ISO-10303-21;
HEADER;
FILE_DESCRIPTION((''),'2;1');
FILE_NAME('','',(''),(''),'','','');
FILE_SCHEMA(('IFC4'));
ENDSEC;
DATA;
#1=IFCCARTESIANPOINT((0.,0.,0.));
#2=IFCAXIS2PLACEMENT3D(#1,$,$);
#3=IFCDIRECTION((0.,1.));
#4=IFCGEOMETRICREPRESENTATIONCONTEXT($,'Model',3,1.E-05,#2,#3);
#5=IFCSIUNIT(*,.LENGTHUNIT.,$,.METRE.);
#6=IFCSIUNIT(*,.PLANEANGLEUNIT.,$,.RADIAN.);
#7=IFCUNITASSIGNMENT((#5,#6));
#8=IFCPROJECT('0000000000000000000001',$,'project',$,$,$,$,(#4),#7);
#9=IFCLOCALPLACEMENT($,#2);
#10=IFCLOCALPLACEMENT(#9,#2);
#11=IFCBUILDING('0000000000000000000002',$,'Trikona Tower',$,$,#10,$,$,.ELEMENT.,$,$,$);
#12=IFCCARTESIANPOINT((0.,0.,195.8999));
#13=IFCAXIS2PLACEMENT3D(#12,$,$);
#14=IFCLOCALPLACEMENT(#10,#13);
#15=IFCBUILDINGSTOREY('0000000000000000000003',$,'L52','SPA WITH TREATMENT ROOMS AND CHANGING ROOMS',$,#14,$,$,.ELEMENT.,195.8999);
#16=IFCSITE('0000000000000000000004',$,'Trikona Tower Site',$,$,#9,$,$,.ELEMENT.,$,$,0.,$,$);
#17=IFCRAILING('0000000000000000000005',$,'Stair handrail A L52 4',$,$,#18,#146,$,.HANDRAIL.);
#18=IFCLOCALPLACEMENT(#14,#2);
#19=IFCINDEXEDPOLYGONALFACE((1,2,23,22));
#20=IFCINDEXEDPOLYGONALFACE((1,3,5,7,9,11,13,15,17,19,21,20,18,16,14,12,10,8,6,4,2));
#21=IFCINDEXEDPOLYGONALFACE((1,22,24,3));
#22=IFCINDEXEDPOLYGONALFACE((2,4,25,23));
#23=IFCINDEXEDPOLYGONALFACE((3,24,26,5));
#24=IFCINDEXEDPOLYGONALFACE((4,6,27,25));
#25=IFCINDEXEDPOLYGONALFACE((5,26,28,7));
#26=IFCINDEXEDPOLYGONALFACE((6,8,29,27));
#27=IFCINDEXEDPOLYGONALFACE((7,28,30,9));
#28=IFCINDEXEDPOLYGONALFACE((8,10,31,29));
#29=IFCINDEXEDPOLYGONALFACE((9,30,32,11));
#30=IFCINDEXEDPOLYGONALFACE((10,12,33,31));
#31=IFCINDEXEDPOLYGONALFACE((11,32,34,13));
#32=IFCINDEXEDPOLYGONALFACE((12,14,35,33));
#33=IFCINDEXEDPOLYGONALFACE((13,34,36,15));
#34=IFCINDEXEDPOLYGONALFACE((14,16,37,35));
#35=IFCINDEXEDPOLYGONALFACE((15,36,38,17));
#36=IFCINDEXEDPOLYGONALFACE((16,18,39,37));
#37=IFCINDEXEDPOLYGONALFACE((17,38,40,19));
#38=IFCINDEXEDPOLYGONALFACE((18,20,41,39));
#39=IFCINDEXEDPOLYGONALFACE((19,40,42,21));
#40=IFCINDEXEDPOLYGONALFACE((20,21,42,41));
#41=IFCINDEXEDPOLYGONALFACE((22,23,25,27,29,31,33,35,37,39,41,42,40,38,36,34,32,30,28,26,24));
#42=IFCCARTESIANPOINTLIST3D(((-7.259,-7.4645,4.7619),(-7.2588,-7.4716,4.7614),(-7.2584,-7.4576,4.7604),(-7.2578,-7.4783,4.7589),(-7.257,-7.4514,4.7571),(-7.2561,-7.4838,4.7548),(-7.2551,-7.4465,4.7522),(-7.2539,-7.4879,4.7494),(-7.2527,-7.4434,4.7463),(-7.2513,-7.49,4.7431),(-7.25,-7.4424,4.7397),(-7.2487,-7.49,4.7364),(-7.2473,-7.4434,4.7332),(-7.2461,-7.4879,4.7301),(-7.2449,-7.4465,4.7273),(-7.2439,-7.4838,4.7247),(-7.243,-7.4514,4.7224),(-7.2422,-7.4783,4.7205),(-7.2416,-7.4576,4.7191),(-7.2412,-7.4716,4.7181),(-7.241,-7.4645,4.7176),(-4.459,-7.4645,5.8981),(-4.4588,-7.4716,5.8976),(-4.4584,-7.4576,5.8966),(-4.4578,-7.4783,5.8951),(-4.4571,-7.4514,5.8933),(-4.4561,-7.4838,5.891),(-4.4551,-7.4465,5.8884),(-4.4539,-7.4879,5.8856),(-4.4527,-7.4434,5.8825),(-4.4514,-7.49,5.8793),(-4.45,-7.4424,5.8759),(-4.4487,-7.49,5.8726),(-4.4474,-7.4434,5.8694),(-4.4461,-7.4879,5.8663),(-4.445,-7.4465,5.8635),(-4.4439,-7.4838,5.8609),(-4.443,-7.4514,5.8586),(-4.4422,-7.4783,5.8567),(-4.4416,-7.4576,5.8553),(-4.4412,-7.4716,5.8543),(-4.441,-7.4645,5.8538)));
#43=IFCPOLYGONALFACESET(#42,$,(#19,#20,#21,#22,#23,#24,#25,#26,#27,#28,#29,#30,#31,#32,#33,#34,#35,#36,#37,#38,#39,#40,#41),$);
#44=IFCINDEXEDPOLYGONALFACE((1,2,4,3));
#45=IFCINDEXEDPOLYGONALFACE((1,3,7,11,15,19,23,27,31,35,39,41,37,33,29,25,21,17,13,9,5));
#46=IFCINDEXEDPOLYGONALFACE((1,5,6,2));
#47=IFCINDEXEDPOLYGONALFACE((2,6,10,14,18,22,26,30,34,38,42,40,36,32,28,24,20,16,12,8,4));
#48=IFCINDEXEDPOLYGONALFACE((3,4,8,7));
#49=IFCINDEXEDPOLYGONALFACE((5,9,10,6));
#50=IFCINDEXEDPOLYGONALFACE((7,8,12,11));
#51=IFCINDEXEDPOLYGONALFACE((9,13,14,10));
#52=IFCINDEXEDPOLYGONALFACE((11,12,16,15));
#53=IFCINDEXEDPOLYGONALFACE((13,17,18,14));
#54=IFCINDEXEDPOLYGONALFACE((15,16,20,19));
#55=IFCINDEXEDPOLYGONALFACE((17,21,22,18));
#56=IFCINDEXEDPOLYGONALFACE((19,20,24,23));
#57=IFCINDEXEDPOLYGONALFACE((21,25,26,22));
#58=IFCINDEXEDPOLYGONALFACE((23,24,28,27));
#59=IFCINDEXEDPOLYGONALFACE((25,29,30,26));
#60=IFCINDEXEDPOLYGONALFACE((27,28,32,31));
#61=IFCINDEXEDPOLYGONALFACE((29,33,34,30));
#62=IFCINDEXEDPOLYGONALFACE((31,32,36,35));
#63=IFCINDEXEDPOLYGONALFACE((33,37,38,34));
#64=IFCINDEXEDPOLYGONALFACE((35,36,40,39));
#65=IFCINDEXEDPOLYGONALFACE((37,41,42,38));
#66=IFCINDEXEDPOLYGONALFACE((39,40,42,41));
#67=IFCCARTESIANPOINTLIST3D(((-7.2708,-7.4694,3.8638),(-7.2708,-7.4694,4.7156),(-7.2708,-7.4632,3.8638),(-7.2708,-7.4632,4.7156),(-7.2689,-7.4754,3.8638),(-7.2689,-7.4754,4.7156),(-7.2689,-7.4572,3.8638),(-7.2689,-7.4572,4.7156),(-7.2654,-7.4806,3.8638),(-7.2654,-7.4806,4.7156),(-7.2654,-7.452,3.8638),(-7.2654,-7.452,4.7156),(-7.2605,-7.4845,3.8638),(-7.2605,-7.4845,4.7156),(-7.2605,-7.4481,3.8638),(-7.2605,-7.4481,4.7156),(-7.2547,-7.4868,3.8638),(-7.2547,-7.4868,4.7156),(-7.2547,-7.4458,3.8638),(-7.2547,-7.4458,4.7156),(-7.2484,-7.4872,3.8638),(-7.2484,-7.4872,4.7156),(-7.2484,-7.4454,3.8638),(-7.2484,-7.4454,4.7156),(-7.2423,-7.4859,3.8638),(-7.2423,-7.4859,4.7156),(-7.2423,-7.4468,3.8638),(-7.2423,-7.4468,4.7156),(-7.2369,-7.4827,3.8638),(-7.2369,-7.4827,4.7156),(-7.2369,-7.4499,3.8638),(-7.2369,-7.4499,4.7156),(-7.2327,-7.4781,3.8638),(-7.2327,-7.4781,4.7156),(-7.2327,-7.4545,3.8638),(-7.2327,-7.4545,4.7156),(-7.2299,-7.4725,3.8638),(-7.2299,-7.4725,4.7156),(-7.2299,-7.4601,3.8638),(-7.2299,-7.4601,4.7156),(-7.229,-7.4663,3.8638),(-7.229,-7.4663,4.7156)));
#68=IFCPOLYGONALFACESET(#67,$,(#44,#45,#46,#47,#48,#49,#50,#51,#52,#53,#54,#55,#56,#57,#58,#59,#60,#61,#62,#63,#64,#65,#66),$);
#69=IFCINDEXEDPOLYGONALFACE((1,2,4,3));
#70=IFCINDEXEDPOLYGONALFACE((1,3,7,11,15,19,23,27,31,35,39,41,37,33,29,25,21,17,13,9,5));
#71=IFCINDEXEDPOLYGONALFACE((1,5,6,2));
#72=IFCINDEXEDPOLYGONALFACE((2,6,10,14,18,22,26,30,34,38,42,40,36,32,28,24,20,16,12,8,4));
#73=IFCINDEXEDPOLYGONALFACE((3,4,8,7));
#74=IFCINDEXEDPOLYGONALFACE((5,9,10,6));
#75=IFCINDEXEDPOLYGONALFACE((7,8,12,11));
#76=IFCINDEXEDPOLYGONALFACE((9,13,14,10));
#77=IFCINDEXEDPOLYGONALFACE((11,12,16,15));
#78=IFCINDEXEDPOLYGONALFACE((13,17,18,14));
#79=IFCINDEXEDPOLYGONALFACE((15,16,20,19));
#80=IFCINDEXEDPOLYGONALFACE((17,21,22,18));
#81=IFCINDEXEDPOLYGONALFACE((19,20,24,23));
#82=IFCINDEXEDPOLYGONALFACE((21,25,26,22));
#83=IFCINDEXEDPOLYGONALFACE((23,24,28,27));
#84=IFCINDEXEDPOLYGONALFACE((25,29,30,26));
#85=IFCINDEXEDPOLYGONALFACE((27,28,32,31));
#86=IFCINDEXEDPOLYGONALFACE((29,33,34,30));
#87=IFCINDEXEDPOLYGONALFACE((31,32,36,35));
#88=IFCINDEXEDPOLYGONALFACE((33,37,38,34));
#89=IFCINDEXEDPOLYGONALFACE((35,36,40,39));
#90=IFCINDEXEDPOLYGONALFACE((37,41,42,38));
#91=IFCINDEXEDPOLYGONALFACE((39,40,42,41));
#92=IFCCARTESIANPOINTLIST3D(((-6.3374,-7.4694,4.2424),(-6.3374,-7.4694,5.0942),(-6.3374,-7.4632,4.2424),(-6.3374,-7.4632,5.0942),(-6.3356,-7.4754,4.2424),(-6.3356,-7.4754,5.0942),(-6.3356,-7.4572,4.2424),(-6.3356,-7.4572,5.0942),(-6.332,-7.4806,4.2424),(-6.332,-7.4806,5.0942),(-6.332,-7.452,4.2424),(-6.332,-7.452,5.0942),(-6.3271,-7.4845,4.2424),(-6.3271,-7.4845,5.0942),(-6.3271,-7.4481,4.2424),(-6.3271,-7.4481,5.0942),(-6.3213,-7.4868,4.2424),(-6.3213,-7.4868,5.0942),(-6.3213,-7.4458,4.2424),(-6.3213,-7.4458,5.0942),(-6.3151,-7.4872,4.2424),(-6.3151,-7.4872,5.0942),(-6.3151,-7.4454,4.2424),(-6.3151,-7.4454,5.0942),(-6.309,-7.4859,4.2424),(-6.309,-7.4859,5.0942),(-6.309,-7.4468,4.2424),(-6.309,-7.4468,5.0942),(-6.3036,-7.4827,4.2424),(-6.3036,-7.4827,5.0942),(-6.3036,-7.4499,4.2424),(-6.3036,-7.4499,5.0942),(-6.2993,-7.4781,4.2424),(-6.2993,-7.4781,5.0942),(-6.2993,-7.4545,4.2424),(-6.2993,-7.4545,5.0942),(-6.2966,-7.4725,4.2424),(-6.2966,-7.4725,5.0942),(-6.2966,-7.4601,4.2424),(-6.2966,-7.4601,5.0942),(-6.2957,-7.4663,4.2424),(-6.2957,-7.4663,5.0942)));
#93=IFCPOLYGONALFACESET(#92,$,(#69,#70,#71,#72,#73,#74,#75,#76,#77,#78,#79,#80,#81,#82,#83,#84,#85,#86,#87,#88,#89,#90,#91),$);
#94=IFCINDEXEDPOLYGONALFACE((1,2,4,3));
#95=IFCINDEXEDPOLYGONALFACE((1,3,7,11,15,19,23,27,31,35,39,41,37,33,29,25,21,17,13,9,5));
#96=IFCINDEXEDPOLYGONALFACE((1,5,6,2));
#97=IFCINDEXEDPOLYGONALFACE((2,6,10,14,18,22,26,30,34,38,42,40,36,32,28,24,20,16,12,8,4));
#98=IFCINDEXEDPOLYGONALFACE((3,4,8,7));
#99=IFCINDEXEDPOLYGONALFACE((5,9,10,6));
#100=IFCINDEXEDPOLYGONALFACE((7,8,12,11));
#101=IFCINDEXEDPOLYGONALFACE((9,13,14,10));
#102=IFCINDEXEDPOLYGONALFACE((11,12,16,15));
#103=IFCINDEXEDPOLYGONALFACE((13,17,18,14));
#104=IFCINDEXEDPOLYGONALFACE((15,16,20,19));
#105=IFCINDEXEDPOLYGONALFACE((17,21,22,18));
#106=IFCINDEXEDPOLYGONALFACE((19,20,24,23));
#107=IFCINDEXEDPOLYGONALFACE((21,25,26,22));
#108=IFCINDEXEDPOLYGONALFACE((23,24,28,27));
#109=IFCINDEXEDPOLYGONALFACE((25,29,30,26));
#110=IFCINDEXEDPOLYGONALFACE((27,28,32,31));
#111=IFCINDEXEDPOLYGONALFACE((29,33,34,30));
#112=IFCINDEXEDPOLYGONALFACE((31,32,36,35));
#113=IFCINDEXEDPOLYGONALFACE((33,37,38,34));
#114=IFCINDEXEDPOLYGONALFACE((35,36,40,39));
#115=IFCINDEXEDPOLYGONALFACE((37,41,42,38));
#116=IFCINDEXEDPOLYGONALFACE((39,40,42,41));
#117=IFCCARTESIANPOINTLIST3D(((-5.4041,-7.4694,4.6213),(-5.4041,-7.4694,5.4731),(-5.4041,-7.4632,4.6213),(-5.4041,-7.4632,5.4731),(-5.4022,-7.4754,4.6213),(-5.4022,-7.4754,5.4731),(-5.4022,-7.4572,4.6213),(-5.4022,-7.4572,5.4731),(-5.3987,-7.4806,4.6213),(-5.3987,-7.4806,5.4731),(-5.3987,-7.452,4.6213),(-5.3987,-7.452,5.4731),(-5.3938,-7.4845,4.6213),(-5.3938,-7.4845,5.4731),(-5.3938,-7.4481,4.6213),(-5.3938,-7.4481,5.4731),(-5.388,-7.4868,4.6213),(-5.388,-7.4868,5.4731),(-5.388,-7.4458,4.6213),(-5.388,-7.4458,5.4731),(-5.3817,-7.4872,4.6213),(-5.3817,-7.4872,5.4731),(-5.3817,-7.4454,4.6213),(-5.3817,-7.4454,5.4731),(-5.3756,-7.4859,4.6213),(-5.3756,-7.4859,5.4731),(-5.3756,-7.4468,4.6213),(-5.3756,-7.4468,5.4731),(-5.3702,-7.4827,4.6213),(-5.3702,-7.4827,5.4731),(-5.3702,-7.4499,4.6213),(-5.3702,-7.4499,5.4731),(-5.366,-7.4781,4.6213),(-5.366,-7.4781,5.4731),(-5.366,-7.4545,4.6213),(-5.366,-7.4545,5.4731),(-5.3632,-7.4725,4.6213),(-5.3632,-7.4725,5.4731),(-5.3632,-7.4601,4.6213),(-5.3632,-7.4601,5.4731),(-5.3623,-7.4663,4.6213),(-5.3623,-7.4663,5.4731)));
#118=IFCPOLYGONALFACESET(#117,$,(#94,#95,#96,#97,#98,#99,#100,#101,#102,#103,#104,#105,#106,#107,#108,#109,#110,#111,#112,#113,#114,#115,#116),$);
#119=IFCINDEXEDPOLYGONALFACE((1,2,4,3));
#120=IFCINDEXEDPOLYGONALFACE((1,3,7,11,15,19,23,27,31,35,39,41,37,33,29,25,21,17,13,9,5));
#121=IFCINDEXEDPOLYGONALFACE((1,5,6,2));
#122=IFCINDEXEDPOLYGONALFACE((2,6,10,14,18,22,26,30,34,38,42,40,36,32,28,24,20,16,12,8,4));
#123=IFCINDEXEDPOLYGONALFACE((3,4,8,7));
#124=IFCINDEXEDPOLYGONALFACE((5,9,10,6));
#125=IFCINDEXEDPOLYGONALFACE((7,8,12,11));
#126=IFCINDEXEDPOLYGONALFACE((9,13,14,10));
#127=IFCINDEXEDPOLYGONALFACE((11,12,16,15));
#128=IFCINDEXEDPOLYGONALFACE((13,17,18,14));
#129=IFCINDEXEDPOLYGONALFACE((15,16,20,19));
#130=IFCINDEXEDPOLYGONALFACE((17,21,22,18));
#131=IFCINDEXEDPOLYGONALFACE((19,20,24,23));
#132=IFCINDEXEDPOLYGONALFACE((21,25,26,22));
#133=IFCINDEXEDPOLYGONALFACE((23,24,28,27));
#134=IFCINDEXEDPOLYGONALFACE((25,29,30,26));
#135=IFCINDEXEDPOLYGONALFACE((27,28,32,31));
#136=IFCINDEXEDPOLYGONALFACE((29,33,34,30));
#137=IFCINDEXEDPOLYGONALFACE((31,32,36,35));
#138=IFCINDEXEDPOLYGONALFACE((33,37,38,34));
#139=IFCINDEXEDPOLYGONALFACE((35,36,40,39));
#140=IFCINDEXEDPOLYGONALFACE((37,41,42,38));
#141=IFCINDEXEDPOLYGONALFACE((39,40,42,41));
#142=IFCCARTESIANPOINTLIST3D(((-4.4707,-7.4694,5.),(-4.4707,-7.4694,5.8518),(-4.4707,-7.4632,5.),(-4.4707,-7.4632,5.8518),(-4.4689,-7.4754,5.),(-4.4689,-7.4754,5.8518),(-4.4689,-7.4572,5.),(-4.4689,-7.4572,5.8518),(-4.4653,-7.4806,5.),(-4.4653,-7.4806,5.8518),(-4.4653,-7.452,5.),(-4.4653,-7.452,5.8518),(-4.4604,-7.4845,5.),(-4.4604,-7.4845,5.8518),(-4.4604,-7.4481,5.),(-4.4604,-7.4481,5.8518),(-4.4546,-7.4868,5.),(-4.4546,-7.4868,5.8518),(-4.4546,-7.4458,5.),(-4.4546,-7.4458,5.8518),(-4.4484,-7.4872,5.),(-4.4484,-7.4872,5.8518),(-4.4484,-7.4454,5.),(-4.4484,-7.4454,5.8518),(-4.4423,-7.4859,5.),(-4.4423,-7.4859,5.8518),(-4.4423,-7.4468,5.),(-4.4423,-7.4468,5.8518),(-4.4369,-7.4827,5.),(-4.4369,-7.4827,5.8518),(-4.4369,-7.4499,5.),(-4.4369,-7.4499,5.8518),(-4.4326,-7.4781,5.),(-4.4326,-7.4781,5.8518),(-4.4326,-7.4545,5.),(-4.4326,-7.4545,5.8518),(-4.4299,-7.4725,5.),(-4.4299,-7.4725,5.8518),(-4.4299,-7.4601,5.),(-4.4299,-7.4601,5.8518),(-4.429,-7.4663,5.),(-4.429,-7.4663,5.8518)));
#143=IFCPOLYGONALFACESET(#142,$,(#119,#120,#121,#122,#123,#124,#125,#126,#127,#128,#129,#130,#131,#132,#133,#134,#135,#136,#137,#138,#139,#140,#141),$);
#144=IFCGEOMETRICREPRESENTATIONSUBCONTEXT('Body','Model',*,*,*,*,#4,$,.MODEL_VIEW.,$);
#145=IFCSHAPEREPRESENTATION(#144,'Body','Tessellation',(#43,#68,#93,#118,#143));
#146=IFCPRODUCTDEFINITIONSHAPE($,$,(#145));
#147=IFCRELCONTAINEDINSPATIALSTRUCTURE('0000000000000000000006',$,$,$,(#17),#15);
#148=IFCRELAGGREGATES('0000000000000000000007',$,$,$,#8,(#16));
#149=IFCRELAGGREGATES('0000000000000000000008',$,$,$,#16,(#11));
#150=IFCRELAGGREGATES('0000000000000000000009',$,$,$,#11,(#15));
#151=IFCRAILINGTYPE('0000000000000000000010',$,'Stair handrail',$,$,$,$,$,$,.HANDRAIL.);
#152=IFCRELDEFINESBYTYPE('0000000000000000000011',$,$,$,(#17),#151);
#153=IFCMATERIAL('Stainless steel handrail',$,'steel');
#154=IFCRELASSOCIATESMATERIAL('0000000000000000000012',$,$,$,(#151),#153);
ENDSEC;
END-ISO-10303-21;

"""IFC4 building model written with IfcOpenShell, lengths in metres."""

from ifc_helpers import new_model, si_unit, direction, frame, origin, origin_2d, place, context, subcontext, project, spatial, circle, extrude, material, type_object, element, save


model = new_model("IFC4")

# Units and contexts
model_context = context("Model", 3, precision=1e-05, world=origin(), true_north=direction((0.0, 1.0)))
body_context = subcontext(model_context, "Body", "Model", "MODEL_VIEW")
ifc_project = project(units=[si_unit("LENGTHUNIT", "METRE"), si_unit("PLANEANGLEUNIT", "RADIAN")], contexts=[model_context])

# Site, building, storey
site_placement = place(None, origin())
site = spatial("IfcSite", under=ifc_project, at=site_placement, Name="Trikona Tower Site", CompositionType="ELEMENT", RefElevation=0.0)
building_placement = place(site_placement, origin())
building = spatial("IfcBuilding", under=site, at=building_placement, Name="Trikona Tower", CompositionType="ELEMENT")
storey_placement = place(building_placement, frame((0.0, 0.0, 195.8999)))
storey = spatial("IfcBuildingStorey", under=building, at=storey_placement, Name="L52", Description="SPA WITH TREATMENT ROOMS AND CHANGING ROOMS", CompositionType="ELEMENT", Elevation=195.8999)

# Railing
ifc_material_1 = material(Name="Stainless steel handrail", Category="steel")
railing_type = type_object("IfcRailingType", Name="Stair handrail", PredefinedType="HANDRAIL", material=ifc_material_1)
railing_1_placement = place(storey_placement, frame((-7.25, -7.4663, 3.8638)))
element("IfcRailing", 1, at=railing_1_placement, inside=storey, type_object=railing_type, Name="Stair handrail A L52 4", PredefinedType="HANDRAIL", context=body_context, shape_type="SweptSolid", body=[
    extrude(circle(Radius=0.0239, at=origin_2d()), frame((0.0, 0.0, 0.876), z_axis=(0.926615, 0.0, 0.376011), x_axis=(0.0, 1.0, 0.0)), (0.0, 0.0, 1.0), 3.0217),
    extrude(circle(Radius=0.021, at=origin_2d()), origin(), (0.0, 0.0, 1.0), 0.8518),
    extrude(circle(Radius=0.021, at=origin_2d()), frame((0.9333, 0.0, 0.3787)), (0.0, 0.0, 1.0), 0.8518),
    extrude(circle(Radius=0.021, at=origin_2d()), frame((1.8667, 0.0, 0.7576)), (0.0, 0.0, 1.0), 0.8518),
    extrude(circle(Radius=0.021, at=origin_2d()), frame((2.8, 0.0, 1.1362)), (0.0, 0.0, 1.0), 0.8518),
])

save(model, "model.ifc")
